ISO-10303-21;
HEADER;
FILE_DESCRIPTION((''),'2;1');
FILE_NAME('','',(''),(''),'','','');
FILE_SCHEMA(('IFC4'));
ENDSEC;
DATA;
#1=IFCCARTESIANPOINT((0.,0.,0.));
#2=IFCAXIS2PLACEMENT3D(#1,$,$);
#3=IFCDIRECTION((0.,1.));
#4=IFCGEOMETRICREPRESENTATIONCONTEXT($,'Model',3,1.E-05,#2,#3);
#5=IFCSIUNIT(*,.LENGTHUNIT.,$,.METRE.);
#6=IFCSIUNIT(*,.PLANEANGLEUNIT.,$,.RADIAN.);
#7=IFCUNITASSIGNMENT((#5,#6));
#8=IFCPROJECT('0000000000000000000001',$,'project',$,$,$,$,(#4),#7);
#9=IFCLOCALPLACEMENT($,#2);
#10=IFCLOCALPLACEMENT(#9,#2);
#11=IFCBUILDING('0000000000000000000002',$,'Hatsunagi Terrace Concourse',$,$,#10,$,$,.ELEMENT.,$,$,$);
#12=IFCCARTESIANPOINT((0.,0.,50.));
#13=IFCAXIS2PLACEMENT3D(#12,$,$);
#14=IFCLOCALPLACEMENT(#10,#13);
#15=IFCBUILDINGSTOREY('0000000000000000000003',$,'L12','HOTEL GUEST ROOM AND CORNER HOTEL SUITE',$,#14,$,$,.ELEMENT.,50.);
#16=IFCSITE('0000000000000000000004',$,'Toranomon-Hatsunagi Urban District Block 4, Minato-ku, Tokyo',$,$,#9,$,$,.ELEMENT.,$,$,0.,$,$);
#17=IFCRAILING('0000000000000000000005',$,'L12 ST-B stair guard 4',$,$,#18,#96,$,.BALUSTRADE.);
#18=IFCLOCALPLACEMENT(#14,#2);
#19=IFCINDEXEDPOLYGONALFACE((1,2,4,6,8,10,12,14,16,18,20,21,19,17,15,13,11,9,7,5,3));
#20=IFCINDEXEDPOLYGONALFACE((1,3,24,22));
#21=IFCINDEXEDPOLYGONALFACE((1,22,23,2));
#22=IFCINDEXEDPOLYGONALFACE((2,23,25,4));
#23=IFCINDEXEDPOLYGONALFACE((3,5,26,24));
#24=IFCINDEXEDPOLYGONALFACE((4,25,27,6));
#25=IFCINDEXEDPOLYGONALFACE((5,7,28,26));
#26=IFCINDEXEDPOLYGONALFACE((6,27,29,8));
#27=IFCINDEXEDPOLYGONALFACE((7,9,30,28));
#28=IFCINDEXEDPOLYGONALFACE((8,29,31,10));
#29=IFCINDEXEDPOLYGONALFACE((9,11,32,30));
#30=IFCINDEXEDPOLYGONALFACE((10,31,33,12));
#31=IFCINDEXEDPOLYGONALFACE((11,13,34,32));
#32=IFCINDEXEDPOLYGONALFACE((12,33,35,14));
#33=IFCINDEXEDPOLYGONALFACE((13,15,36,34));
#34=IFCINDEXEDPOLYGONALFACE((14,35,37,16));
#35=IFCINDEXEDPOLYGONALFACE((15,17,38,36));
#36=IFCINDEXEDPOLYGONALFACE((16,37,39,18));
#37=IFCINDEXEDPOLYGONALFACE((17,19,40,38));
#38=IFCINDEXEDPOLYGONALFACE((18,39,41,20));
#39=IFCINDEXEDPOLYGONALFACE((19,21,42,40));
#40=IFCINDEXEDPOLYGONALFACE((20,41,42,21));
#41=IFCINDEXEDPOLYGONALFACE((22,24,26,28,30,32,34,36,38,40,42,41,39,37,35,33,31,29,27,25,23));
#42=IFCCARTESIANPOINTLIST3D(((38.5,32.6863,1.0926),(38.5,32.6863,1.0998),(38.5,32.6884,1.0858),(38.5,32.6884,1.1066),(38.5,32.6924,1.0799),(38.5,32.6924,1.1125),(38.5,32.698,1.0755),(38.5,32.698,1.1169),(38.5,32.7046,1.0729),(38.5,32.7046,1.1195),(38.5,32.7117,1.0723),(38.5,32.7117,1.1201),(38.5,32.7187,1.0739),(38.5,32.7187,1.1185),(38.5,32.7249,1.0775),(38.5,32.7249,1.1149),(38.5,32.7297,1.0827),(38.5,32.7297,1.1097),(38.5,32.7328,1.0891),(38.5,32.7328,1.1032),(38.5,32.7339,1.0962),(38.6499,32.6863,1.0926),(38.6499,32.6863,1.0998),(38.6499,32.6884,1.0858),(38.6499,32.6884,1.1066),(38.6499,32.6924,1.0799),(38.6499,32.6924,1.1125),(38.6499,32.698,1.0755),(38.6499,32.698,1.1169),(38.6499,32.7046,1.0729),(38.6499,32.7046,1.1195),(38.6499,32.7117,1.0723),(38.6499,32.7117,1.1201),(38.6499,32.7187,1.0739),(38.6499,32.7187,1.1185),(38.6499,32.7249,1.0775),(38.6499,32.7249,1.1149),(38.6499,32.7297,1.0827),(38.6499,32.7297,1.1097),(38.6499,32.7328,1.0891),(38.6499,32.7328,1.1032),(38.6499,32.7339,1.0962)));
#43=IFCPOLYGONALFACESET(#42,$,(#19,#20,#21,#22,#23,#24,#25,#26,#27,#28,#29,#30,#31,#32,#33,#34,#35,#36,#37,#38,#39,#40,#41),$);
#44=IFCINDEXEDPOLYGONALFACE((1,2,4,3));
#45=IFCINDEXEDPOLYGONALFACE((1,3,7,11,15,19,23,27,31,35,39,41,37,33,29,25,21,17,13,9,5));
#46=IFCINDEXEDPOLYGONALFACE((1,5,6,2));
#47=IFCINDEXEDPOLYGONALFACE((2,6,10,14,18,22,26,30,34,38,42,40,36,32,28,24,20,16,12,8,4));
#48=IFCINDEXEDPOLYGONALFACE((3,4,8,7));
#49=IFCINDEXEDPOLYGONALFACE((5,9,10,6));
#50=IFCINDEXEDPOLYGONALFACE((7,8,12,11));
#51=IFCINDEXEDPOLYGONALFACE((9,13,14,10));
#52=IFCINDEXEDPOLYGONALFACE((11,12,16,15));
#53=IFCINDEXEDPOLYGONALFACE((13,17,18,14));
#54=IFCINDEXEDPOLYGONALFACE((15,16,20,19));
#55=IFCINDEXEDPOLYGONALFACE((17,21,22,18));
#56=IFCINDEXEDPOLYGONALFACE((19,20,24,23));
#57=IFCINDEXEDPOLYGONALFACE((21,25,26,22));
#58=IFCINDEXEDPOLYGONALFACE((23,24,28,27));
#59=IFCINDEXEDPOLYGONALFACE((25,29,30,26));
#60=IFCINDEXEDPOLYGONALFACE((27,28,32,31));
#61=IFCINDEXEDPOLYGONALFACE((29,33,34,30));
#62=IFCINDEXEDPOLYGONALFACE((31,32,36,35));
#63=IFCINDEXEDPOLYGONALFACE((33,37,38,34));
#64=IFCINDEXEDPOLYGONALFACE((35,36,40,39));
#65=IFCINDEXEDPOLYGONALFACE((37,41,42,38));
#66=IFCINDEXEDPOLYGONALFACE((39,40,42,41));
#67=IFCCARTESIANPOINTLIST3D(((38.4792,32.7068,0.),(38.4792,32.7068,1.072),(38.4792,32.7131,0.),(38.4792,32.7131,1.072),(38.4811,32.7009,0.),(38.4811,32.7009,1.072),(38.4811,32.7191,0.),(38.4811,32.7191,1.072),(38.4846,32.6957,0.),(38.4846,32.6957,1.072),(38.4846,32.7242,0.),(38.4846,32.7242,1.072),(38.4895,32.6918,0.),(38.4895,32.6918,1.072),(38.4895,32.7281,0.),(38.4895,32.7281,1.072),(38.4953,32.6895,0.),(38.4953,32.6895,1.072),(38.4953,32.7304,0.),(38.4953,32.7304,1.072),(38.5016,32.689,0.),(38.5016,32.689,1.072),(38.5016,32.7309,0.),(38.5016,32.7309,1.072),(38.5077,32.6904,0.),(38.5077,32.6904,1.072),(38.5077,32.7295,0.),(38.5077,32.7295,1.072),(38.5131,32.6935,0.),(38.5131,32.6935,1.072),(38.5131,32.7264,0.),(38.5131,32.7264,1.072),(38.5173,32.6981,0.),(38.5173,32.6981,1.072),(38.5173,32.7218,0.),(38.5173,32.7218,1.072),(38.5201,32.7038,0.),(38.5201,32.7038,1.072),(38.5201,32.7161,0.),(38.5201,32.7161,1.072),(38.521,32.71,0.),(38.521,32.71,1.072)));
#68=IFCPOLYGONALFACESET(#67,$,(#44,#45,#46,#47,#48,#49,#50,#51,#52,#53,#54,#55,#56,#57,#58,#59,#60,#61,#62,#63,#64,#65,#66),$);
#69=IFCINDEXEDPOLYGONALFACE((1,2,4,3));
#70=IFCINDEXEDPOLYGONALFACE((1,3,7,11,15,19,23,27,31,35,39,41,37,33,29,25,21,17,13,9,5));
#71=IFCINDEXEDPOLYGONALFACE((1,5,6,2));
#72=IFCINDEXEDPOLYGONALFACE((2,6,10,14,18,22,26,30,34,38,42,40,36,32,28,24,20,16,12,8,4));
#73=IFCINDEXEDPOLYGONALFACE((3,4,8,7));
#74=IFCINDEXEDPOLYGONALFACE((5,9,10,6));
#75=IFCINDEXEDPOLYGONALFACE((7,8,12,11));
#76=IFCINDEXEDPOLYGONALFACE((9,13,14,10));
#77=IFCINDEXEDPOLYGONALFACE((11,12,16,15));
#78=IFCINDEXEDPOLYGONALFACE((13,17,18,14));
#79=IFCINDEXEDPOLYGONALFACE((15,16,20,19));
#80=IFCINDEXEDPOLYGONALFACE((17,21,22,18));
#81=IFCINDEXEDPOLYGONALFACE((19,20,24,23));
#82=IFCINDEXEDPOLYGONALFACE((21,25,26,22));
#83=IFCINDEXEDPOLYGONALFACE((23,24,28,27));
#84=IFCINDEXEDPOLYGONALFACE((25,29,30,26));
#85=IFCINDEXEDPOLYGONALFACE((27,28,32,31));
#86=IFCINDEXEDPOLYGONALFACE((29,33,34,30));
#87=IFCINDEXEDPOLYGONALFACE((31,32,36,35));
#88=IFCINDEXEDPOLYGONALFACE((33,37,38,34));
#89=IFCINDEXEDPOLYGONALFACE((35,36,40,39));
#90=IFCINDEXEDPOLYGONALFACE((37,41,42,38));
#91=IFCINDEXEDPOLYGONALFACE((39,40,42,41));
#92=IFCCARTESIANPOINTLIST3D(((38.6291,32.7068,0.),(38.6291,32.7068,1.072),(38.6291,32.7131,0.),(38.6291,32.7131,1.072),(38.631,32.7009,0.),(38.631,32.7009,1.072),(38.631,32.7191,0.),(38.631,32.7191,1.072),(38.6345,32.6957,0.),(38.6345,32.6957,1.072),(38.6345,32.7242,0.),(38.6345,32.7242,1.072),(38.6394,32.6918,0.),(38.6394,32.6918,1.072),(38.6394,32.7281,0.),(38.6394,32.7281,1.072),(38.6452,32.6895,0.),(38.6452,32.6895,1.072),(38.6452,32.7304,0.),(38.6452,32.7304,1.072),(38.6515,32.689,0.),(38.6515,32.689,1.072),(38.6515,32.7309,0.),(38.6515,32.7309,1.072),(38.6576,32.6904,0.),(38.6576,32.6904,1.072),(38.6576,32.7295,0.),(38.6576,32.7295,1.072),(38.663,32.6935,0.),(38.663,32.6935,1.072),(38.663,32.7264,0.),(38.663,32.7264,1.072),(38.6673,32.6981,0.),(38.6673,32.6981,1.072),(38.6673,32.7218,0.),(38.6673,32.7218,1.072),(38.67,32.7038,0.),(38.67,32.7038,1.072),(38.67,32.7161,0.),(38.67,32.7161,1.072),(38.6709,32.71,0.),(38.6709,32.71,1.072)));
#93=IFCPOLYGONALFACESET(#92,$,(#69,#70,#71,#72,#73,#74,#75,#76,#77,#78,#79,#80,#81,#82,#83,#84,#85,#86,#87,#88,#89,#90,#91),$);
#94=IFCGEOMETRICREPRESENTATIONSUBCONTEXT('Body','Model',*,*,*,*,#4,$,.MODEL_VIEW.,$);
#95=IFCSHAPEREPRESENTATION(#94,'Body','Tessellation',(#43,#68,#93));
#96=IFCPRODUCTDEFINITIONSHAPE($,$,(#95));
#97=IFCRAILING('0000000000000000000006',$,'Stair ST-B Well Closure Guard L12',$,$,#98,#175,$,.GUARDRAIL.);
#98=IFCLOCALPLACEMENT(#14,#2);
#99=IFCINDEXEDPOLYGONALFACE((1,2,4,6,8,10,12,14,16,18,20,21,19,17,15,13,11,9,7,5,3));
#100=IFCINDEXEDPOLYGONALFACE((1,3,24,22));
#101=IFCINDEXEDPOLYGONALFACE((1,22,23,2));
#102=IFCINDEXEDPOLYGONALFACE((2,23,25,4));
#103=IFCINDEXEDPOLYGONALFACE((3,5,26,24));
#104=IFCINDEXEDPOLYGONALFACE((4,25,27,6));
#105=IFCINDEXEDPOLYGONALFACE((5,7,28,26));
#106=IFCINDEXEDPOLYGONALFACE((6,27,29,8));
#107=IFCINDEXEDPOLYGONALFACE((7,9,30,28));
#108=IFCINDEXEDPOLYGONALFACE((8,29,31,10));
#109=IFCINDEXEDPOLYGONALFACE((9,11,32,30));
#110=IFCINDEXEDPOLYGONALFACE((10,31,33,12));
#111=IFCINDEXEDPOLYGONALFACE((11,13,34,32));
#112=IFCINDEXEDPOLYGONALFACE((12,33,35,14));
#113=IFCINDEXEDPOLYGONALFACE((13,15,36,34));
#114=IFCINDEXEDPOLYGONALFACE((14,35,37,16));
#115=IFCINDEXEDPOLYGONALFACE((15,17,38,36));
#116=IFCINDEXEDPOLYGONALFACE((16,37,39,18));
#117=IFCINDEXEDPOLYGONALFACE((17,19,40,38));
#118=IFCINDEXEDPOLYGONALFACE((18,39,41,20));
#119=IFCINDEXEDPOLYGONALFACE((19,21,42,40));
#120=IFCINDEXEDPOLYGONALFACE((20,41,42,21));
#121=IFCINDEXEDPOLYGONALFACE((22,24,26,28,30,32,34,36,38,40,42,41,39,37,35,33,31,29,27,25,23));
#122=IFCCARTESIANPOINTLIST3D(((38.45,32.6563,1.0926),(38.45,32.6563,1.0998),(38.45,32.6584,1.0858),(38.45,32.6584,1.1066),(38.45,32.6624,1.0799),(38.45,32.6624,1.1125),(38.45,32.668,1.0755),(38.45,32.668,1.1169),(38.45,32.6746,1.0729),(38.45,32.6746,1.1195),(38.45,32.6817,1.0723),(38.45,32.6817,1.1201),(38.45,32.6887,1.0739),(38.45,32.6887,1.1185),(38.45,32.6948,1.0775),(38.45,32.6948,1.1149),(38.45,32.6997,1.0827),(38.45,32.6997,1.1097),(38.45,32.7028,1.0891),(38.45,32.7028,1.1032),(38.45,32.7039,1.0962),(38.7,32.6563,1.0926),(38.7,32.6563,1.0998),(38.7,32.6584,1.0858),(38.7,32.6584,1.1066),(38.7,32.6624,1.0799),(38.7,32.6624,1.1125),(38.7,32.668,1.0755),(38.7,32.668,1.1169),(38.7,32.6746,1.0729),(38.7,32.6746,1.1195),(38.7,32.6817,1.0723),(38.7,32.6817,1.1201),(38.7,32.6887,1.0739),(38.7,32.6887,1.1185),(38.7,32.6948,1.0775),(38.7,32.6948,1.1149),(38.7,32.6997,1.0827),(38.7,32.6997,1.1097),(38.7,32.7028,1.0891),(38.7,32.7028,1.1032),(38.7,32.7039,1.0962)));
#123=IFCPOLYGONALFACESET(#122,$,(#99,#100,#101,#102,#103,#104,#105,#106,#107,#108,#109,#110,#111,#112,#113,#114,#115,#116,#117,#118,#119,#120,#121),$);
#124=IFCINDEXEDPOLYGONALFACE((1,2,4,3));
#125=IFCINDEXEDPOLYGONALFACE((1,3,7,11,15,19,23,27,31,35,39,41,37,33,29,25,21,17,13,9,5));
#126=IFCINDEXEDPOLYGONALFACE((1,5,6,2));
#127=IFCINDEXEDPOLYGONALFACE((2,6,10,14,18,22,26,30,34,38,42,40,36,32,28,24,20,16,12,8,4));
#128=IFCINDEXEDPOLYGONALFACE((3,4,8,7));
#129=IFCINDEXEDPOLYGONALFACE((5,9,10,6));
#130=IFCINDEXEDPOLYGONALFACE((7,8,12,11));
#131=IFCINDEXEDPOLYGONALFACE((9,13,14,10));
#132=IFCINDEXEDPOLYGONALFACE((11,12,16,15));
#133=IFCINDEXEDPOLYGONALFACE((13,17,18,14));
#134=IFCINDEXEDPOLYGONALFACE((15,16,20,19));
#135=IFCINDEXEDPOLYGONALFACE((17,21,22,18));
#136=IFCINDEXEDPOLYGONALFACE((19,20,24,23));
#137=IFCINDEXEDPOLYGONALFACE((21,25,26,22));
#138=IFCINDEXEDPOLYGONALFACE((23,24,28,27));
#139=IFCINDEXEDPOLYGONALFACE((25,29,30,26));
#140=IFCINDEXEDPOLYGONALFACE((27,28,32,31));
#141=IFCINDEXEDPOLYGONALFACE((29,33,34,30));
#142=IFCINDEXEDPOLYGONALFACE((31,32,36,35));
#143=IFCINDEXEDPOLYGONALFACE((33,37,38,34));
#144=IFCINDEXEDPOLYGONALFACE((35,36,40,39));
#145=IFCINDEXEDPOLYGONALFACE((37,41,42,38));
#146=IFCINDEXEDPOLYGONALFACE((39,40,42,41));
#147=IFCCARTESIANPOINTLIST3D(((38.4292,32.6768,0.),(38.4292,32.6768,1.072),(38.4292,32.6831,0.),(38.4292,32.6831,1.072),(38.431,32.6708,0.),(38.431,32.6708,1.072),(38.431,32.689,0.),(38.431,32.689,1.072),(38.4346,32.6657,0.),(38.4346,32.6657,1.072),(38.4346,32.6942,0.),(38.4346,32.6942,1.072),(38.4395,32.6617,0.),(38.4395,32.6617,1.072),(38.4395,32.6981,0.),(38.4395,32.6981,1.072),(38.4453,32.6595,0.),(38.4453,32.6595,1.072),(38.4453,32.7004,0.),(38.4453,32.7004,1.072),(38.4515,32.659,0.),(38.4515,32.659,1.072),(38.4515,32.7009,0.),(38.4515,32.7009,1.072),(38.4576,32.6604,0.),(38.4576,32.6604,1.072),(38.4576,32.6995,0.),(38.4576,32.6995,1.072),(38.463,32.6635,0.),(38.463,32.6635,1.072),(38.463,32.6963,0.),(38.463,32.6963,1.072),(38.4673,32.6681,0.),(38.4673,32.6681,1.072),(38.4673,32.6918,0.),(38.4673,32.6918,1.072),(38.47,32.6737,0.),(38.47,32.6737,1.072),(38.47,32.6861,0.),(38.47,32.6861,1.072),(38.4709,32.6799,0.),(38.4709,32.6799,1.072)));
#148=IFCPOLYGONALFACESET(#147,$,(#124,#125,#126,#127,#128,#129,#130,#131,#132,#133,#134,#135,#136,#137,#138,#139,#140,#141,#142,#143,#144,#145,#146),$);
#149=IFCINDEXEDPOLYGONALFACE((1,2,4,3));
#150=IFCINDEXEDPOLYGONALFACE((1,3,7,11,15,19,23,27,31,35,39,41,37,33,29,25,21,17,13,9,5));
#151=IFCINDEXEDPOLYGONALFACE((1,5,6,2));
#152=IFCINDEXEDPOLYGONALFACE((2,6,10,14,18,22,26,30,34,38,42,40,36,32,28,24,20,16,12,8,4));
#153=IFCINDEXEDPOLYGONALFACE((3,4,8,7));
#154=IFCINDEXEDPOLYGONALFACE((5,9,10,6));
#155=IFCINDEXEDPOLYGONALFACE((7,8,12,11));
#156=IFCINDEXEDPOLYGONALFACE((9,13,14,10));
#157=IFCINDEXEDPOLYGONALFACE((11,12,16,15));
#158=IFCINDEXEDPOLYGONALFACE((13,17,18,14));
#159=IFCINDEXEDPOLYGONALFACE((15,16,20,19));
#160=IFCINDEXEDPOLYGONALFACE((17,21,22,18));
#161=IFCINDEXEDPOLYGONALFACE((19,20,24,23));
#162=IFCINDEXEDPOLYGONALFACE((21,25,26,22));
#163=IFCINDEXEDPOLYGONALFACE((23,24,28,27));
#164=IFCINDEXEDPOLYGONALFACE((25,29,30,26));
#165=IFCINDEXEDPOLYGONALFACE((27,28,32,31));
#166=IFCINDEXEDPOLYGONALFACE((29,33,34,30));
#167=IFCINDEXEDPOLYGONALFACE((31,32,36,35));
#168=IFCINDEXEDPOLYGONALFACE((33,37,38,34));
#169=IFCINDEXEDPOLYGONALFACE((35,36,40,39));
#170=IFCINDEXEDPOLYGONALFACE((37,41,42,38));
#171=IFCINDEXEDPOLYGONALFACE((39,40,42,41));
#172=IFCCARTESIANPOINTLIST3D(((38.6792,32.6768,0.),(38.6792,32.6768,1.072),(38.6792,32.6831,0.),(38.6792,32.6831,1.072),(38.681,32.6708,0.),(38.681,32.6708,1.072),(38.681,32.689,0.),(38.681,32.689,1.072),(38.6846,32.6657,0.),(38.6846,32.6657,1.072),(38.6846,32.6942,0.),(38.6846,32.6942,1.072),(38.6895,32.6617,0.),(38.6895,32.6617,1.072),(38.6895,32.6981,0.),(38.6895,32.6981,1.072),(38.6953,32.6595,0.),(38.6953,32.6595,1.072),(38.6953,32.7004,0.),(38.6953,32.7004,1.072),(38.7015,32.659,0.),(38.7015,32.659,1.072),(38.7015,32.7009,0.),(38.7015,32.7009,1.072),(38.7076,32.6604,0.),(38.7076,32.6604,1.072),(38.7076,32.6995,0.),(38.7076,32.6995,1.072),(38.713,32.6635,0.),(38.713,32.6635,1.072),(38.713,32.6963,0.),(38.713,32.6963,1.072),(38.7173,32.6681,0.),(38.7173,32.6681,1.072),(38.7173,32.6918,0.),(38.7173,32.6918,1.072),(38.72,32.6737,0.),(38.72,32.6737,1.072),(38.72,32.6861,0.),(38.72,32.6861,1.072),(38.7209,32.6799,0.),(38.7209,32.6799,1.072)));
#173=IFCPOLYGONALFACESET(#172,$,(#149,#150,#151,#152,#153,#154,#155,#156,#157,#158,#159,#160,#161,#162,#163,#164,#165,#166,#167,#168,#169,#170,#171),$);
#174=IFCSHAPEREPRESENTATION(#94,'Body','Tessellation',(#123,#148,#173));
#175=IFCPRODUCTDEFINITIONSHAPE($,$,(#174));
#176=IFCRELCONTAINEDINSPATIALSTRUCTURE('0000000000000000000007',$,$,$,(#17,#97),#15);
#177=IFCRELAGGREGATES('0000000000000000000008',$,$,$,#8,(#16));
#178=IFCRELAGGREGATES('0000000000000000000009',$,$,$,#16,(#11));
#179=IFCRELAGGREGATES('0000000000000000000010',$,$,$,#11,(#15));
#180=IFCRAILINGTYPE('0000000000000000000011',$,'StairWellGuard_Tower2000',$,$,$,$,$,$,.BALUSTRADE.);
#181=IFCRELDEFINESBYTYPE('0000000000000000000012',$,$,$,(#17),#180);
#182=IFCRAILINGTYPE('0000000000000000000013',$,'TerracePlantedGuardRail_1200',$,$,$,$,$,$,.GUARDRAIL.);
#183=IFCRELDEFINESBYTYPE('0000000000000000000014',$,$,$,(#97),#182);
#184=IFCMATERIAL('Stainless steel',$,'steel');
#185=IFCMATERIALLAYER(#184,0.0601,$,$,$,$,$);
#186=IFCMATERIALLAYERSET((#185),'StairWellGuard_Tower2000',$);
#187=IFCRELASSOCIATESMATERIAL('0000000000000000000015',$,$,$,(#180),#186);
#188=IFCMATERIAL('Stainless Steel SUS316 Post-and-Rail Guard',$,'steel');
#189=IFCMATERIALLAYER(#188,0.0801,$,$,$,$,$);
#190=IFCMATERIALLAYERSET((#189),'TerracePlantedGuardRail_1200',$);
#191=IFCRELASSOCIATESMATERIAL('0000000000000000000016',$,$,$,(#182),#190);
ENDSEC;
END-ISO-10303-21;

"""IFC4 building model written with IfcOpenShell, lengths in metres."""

from ifc_helpers import new_model, si_unit, direction, frame, origin, origin_2d, place, context, subcontext, project, spatial, circle, extrude, material, layer, layer_set, type_object, element, save


model = new_model("IFC4")

# Units and contexts
model_context = context("Model", 3, precision=1e-05, world=origin(), true_north=direction((0.0, 1.0)))
body_context = subcontext(model_context, "Body", "Model", "MODEL_VIEW")
ifc_project = project(units=[si_unit("LENGTHUNIT", "METRE"), si_unit("PLANEANGLEUNIT", "RADIAN")], contexts=[model_context])

# Site, building, storey
site_placement = place(None, origin())
site = spatial("IfcSite", under=ifc_project, at=site_placement, Name="Toranomon-Hatsunagi Urban District Block 4, Minato-ku, Tokyo", CompositionType="ELEMENT", RefElevation=0.0)
building_placement = place(site_placement, origin())
building = spatial("IfcBuilding", under=site, at=building_placement, Name="Hatsunagi Terrace Concourse", CompositionType="ELEMENT")
storey_placement = place(building_placement, frame((0.0, 0.0, 50.0)))
storey = spatial("IfcBuildingStorey", under=building, at=storey_placement, Name="L12", Description="HOTEL GUEST ROOM AND CORNER HOTEL SUITE", CompositionType="ELEMENT", Elevation=50.0)

# Railings
ifc_material_1 = material(Name="Stainless steel", Category="steel")
ifc_layer_1 = layer(ifc_material_1, 0.0601)
ifc_layer_set_1 = layer_set([ifc_layer_1], Name="StairWellGuard_Tower2000")
railing_type_1 = type_object("IfcRailingType", Name="StairWellGuard_Tower2000", PredefinedType="BALUSTRADE", material=ifc_layer_set_1)
for number, where, name in (
    (1, (38.5, 32.71, 0.0), "L12 ST-B stair guard 4"),
):
    element("IfcRailing", number, at=place(storey_placement, frame(where)), inside=storey, type_object=railing_type_1, Name=name, PredefinedType="BALUSTRADE", context=body_context, shape_type="SweptSolid", body=[
        extrude(circle(Radius=0.0239, at=origin_2d()), frame((0.0, 0.0, 1.0962), z_axis=(1.0, 0.0, 0.0), x_axis=(0.0, 1.0, 0.0)), (0.0, 0.0, 1.0), 0.1499),
        extrude(circle(Radius=0.021, at=origin_2d()), origin(), (0.0, 0.0, 1.0), 1.072),
        extrude(circle(Radius=0.021, at=origin_2d()), frame((0.1499, 0.0, 0.0)), (0.0, 0.0, 1.0), 1.072),
    ])
ifc_material_2 = material(Name="Stainless Steel SUS316 Post-and-Rail Guard", Category="steel")
ifc_layer_2 = layer(ifc_material_2, 0.0801)
ifc_layer_set_2 = layer_set([ifc_layer_2], Name="TerracePlantedGuardRail_1200")
railing_type_2 = type_object("IfcRailingType", Name="TerracePlantedGuardRail_1200", PredefinedType="GUARDRAIL", material=ifc_layer_set_2)
railing_1_placement = place(storey_placement, frame((38.45, 32.6799, 0.0)))
element("IfcRailing", 2, at=railing_1_placement, inside=storey, type_object=railing_type_2, Name="Stair ST-B Well Closure Guard L12", PredefinedType="GUARDRAIL", context=body_context, shape_type="SweptSolid", body=[
    extrude(circle(Radius=0.0239, at=origin_2d()), frame((0.0, 0.0, 1.0962), z_axis=(1.0, 0.0, 0.0), x_axis=(0.0, 1.0, 0.0)), (0.0, 0.0, 1.0), 0.25),
    extrude(circle(Radius=0.021, at=origin_2d()), origin(), (0.0, 0.0, 1.0), 1.072),
    extrude(circle(Radius=0.021, at=origin_2d()), frame((0.25, 0.0, 0.0)), (0.0, 0.0, 1.0), 1.072),
])

save(model, "model.ifc")
